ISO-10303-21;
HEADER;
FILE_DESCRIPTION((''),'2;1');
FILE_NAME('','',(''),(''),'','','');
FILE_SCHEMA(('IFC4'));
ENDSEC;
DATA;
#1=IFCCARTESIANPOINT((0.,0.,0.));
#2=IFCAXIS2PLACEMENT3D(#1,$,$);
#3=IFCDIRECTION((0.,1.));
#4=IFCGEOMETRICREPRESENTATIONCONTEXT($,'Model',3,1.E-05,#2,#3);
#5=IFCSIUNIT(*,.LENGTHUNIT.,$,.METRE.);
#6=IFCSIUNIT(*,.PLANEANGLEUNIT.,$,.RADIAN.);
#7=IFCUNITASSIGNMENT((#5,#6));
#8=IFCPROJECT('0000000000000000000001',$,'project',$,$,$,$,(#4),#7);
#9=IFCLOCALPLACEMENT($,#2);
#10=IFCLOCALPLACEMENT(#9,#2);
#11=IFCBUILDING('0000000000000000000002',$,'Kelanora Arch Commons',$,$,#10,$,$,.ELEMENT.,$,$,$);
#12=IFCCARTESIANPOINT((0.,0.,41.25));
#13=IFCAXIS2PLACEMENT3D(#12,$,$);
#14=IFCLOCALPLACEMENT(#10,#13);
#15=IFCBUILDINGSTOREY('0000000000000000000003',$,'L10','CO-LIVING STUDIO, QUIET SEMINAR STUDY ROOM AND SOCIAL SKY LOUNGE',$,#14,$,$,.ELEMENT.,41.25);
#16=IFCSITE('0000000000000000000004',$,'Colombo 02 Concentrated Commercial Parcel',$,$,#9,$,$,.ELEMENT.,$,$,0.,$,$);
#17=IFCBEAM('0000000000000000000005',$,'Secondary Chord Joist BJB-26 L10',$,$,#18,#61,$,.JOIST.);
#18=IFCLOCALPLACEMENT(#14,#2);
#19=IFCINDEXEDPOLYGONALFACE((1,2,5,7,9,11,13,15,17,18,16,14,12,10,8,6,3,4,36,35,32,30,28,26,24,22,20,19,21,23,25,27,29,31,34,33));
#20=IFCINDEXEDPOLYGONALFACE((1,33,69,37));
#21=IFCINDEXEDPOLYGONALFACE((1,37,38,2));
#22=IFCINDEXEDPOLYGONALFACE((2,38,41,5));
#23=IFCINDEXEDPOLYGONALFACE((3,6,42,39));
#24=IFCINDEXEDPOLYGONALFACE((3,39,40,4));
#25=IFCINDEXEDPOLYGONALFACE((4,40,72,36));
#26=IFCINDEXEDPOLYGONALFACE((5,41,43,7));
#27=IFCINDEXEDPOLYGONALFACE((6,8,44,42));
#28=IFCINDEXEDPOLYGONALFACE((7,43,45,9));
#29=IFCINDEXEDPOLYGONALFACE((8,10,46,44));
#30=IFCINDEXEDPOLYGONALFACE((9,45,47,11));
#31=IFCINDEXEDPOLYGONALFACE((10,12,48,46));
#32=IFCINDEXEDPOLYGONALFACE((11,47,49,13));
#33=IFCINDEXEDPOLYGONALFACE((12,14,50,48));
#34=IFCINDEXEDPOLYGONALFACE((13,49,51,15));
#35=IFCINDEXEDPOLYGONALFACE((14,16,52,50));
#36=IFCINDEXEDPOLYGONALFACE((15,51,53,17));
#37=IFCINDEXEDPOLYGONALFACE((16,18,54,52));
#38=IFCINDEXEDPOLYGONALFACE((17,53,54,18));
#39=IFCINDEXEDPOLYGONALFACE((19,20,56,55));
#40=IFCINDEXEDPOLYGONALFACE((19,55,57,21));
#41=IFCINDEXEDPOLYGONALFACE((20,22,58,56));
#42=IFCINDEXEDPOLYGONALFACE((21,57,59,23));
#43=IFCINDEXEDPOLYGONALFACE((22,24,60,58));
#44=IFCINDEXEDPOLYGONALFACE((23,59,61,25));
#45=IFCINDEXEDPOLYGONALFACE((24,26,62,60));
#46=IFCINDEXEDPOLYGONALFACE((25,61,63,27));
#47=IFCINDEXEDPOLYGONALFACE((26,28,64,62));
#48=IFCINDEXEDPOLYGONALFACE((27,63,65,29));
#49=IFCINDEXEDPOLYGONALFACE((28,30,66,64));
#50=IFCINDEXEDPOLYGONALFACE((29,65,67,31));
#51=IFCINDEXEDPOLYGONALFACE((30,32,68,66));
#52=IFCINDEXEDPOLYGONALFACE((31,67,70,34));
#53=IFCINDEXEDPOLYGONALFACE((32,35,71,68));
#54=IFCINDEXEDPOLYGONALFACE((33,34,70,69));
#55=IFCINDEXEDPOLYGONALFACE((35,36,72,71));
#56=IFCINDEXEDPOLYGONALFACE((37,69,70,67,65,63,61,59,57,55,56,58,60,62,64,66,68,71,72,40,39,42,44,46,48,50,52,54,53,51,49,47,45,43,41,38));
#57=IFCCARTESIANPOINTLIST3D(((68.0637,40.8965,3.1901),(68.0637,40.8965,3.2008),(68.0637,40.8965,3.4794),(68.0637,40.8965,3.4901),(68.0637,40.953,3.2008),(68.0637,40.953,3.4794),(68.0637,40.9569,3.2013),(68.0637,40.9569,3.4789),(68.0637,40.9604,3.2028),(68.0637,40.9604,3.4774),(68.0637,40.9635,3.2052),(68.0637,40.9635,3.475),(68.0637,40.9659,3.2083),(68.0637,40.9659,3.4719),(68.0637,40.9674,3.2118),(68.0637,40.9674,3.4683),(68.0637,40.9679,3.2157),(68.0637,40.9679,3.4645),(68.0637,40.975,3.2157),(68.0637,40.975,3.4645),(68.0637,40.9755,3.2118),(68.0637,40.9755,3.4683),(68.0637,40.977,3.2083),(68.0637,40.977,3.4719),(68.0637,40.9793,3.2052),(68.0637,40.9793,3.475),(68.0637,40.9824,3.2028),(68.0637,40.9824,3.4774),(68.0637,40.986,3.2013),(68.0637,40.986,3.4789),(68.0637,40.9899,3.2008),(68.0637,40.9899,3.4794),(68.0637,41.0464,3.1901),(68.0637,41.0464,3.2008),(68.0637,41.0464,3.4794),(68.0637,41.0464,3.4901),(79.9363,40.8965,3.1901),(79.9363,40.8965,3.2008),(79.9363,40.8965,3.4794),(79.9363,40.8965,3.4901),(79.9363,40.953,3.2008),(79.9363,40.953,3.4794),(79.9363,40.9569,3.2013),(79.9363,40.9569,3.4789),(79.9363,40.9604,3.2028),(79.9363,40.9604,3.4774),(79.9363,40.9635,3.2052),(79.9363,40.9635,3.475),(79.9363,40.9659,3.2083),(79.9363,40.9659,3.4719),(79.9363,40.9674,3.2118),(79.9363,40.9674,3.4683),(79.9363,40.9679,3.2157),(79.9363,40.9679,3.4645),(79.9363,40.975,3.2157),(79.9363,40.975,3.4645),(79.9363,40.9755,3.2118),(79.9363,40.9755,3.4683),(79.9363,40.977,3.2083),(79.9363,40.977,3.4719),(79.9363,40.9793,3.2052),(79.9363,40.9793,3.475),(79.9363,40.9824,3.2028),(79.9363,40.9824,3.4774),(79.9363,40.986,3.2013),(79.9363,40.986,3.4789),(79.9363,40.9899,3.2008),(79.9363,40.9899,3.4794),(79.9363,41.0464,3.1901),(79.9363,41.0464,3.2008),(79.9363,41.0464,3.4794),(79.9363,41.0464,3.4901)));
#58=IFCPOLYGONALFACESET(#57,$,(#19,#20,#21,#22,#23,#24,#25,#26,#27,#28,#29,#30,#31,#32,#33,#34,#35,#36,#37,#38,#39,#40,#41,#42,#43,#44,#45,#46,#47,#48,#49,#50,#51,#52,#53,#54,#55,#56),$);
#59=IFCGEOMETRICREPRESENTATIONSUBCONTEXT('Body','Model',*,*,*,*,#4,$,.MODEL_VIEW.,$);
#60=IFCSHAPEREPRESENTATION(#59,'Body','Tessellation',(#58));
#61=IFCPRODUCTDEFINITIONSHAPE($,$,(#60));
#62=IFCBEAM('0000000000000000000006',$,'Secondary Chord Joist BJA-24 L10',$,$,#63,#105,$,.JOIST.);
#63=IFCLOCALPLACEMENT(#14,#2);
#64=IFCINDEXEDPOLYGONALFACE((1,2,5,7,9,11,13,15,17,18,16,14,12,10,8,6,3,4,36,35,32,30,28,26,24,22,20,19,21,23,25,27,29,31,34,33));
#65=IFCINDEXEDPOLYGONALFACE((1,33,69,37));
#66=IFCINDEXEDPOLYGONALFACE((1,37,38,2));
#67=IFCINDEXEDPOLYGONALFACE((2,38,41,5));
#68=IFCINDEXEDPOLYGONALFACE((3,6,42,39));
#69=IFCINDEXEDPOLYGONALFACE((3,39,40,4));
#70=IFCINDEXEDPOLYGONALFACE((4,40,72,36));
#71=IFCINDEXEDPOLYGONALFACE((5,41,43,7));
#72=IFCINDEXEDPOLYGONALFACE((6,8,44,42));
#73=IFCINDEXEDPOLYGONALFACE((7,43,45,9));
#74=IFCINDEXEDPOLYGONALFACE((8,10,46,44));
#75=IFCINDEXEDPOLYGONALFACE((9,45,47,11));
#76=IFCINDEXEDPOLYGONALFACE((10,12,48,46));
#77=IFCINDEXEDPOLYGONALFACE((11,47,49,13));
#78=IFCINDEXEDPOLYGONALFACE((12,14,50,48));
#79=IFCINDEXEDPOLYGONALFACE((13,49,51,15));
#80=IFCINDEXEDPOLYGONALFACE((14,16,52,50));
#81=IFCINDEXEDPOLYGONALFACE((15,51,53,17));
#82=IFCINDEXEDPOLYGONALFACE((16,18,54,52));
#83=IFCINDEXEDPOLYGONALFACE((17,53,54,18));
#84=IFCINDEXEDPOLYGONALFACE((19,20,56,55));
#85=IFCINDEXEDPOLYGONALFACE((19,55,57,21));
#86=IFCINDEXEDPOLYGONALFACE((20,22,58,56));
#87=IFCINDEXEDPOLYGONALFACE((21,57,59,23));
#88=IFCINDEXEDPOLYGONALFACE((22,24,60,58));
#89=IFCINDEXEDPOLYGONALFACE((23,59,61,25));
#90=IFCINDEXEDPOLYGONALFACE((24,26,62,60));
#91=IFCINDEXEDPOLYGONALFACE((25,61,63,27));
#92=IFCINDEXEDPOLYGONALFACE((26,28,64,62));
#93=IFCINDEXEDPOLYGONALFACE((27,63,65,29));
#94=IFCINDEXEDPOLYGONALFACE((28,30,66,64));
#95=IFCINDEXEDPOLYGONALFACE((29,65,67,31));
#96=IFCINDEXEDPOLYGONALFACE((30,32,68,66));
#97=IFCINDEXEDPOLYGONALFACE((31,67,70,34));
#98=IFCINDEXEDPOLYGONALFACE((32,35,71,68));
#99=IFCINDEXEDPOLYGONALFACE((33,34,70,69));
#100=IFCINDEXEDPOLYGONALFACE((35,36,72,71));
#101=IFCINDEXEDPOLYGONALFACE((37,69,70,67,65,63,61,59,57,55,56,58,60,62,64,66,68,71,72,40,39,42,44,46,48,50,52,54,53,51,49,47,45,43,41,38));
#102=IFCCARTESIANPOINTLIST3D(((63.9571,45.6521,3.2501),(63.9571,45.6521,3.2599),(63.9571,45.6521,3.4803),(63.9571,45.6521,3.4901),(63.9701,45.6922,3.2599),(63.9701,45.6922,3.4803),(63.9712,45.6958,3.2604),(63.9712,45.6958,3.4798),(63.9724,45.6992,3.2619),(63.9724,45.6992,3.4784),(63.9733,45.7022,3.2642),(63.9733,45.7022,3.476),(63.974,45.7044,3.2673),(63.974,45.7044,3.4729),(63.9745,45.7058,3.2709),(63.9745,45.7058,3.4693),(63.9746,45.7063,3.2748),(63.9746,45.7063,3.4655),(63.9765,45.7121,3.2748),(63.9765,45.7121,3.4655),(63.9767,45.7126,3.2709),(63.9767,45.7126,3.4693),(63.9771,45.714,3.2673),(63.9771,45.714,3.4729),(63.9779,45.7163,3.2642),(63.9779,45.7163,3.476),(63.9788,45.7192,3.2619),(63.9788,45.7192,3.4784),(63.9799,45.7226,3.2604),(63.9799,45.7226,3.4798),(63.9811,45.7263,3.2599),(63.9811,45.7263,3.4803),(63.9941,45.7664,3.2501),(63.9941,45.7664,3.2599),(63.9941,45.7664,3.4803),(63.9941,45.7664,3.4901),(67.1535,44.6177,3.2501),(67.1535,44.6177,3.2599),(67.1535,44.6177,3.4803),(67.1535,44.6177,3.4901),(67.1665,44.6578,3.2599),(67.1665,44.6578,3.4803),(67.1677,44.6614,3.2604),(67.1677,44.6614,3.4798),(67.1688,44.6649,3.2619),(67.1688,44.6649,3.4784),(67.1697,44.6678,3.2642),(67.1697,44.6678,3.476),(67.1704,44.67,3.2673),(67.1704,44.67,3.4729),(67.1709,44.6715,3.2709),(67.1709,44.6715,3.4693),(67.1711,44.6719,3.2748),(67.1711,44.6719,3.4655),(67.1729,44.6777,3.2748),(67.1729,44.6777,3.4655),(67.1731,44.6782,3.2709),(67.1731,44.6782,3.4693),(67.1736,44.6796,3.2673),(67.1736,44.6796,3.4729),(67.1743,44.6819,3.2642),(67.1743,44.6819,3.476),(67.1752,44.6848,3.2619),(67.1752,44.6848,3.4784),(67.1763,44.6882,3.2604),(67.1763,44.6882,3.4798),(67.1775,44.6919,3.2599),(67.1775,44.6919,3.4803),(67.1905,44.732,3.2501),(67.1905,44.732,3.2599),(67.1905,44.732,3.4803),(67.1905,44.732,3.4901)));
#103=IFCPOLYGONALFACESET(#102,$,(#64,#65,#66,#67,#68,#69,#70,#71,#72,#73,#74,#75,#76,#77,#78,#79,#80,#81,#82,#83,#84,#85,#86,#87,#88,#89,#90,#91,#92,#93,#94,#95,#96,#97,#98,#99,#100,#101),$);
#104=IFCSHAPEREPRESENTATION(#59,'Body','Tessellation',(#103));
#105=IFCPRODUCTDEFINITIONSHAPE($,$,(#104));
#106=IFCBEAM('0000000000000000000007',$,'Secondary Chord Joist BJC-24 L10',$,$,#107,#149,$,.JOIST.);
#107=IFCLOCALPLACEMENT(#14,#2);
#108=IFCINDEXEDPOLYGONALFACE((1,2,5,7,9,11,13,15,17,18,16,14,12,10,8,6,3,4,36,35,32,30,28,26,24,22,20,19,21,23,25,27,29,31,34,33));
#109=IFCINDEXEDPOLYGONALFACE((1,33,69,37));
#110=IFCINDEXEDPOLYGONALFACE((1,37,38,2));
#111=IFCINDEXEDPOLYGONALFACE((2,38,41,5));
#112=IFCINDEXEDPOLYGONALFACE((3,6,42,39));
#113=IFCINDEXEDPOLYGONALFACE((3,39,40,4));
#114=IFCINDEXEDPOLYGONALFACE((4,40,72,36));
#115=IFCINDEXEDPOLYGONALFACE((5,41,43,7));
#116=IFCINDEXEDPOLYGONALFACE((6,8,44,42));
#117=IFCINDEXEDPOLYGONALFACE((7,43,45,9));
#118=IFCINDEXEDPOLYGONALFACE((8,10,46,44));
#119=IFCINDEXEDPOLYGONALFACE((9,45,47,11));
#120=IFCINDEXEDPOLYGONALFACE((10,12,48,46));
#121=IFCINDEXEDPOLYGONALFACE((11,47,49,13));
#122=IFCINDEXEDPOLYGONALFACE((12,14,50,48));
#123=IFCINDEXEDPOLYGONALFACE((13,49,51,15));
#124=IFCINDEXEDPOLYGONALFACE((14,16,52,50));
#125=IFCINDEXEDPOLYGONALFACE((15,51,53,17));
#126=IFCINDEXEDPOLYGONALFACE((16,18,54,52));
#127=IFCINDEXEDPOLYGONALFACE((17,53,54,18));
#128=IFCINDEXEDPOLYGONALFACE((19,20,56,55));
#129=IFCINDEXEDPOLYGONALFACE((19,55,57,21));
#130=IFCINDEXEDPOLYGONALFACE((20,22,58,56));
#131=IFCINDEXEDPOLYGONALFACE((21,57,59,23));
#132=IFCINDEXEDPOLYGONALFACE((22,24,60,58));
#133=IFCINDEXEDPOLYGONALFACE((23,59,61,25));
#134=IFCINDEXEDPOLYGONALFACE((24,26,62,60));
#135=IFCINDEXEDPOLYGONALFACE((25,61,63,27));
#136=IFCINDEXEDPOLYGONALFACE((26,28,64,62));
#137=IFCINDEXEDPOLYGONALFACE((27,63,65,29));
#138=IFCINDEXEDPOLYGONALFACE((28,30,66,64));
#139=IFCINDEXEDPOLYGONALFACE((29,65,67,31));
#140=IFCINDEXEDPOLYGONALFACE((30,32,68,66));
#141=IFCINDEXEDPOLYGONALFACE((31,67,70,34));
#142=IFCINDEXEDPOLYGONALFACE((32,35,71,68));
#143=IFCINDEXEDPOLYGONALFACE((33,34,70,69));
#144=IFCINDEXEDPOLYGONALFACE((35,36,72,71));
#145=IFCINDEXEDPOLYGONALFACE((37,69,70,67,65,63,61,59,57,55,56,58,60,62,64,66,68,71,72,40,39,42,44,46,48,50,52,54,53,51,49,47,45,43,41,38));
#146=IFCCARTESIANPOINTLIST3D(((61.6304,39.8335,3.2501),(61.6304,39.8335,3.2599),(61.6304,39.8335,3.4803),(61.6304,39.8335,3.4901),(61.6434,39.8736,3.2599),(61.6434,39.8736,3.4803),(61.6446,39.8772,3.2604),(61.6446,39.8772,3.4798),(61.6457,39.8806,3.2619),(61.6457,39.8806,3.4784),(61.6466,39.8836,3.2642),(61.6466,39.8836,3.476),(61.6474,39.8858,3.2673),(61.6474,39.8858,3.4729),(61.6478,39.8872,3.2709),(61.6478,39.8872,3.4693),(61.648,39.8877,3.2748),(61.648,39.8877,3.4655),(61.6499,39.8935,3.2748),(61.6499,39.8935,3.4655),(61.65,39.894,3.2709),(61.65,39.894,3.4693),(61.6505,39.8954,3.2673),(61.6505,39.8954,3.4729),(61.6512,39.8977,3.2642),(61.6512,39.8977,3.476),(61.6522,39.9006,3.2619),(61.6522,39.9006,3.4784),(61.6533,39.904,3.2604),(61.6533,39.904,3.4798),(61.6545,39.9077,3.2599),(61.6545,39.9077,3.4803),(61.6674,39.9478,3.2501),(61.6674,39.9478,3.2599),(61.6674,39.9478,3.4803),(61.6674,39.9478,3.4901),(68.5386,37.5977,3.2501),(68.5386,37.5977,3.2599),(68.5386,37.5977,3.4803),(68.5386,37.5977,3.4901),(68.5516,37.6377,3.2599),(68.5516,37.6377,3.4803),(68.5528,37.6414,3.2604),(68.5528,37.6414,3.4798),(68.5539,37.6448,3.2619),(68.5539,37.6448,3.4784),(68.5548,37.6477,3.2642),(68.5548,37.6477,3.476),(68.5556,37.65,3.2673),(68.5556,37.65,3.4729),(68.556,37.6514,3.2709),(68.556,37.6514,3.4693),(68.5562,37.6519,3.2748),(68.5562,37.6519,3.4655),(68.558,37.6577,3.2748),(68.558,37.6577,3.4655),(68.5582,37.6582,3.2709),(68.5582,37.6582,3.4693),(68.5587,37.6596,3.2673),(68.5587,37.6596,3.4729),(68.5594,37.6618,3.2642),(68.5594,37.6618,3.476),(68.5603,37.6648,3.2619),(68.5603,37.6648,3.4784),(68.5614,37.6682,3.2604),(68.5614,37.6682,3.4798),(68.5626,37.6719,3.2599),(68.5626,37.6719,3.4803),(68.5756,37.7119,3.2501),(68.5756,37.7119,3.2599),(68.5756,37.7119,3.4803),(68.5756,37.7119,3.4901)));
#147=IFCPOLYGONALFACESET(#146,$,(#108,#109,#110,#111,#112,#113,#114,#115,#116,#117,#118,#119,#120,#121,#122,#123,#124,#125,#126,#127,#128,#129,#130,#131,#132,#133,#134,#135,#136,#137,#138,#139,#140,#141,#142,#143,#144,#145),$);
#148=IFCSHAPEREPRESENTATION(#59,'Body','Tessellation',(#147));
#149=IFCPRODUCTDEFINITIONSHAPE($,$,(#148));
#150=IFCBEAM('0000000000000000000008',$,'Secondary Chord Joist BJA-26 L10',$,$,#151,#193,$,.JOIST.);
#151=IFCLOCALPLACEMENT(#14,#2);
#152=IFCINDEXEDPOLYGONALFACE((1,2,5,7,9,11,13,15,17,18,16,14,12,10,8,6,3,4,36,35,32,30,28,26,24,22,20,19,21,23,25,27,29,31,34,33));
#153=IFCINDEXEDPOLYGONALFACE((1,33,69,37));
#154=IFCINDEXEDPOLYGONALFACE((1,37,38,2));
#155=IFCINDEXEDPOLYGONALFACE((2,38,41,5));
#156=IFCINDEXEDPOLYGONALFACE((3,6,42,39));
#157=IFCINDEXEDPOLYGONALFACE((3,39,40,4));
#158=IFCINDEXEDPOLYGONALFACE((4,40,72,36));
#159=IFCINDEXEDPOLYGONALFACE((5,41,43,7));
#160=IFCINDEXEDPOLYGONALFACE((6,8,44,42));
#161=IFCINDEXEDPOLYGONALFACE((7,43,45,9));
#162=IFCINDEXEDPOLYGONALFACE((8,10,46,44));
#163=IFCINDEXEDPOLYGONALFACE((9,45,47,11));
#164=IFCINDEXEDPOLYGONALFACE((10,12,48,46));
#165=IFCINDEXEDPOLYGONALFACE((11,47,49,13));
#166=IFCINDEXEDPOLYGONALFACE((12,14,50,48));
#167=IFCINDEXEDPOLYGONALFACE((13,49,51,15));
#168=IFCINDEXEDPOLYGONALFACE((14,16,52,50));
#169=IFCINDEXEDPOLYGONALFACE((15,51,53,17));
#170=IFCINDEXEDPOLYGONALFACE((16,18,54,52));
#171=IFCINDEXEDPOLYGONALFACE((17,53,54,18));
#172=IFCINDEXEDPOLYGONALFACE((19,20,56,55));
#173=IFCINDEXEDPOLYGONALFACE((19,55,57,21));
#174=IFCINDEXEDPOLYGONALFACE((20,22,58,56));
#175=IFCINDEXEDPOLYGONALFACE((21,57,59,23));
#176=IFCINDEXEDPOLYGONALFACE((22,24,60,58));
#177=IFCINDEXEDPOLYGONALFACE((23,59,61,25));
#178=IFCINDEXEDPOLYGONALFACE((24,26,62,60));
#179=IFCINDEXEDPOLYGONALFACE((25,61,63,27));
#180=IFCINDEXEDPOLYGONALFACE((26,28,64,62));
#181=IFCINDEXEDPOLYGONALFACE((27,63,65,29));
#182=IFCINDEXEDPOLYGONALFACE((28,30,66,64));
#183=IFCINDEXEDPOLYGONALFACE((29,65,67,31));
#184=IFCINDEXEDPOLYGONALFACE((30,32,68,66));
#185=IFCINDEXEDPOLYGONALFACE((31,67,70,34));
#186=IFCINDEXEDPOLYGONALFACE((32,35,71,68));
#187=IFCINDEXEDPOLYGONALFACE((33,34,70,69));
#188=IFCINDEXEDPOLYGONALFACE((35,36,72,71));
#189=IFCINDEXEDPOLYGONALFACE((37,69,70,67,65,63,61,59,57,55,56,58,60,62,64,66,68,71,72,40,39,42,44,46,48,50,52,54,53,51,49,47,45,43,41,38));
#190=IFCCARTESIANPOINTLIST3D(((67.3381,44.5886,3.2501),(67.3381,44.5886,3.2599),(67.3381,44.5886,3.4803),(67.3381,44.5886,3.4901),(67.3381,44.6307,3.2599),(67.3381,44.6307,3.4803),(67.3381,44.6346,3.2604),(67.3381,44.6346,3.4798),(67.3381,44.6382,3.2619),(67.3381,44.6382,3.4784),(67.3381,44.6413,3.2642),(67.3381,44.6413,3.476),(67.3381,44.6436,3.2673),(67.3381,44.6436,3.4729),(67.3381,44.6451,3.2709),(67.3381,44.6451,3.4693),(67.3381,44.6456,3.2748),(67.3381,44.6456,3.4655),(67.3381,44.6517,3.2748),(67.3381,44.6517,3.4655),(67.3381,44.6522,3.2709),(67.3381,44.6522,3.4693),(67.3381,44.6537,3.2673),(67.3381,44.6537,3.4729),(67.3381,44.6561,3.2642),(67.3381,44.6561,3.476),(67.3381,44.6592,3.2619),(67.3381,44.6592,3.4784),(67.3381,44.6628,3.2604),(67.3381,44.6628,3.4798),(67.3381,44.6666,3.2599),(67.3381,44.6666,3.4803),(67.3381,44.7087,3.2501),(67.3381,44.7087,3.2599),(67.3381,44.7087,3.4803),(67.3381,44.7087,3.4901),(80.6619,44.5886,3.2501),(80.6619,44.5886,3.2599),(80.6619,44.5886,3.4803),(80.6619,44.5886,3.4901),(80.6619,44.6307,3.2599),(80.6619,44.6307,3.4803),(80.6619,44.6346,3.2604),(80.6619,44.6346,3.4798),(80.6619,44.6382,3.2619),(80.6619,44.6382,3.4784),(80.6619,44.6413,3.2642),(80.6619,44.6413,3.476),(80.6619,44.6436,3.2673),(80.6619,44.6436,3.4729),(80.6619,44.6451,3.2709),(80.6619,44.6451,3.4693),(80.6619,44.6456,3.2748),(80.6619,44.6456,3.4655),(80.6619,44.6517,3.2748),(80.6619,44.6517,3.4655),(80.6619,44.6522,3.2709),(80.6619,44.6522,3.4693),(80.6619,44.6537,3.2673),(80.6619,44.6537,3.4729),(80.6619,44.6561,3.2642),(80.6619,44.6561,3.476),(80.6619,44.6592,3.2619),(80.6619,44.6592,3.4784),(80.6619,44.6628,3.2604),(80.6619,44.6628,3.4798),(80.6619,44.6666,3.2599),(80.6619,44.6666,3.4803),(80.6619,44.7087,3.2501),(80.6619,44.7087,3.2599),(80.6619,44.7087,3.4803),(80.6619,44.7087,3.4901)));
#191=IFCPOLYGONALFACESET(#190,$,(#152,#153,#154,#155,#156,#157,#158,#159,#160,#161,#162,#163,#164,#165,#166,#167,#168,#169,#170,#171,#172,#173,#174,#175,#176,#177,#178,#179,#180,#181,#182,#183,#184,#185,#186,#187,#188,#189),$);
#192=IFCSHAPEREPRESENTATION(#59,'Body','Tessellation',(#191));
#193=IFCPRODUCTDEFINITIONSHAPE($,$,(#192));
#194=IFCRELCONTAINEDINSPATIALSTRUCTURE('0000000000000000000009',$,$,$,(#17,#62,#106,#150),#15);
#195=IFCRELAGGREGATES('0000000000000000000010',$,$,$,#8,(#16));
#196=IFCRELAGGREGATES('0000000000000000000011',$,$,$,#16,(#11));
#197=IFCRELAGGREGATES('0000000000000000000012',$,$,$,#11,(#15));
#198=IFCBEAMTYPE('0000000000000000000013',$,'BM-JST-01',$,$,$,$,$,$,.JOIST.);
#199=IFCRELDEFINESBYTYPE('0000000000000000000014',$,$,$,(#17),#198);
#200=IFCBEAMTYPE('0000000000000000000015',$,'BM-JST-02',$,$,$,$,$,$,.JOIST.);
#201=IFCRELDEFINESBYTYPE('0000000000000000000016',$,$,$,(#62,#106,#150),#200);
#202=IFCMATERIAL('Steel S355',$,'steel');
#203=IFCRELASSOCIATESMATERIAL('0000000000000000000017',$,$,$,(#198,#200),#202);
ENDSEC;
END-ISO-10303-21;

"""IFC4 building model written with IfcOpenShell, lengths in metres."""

from ifc_helpers import new_model, si_unit, direction, frame, origin, origin_2d, place, context, subcontext, project, spatial, i_section, extrude, material, material_profile, profile_set, type_object, element, save


model = new_model("IFC4")

# Units and contexts
model_context = context("Model", 3, precision=1e-05, world=origin(), true_north=direction((0.0, 1.0)))
body_context = subcontext(model_context, "Body", "Model", "MODEL_VIEW")
ifc_project = project(units=[si_unit("LENGTHUNIT", "METRE"), si_unit("PLANEANGLEUNIT", "RADIAN")], contexts=[model_context])

# Site, building, storey
site_placement = place(None, origin())
site = spatial("IfcSite", under=ifc_project, at=site_placement, Name="Colombo 02 Concentrated Commercial Parcel", CompositionType="ELEMENT", RefElevation=0.0)
building_placement = place(site_placement, origin())
building = spatial("IfcBuilding", under=site, at=building_placement, Name="Kelanora Arch Commons", CompositionType="ELEMENT")
storey_placement = place(building_placement, frame((0.0, 0.0, 41.25)))
storey = spatial("IfcBuildingStorey", under=building, at=storey_placement, Name="L10", Description="CO-LIVING STUDIO, QUIET SEMINAR STUDY ROOM AND SOCIAL SKY LOUNGE", CompositionType="ELEMENT", Elevation=41.25)

# Beams
ifc_material_1 = material(Name="Steel S355", Category="steel")
ifc_material_profile_1 = material_profile(ifc_material_1, i_section(OverallWidth=0.1499, OverallDepth=0.3, WebThickness=0.0071, FlangeThickness=0.0107, FilletRadius=0.0149, at=origin_2d()), Name="IPE300")
ifc_profile_set_1 = profile_set([ifc_material_profile_1], Name="Steel S355")
beam_type_1 = type_object("IfcBeamType", Name="BM-JST-01", PredefinedType="JOIST", material=ifc_profile_set_1)
beam_1_placement = place(storey_placement, frame((68.0637, 40.9714, 3.3401), z_axis=(1.0, 0.0, 0.0), x_axis=(0.0, 1.0, 0.0)))
element("IfcBeam", 1, at=beam_1_placement, inside=storey, type_object=beam_type_1, Name="Secondary Chord Joist BJB-26 L10", PredefinedType="JOIST", context=body_context, shape_type="SweptSolid", body=[
    extrude(i_section(OverallWidth=0.1499, OverallDepth=0.3, WebThickness=0.0071, FlangeThickness=0.0107, FilletRadius=0.0149, at=origin_2d()), origin(), (0.0, 0.0, 1.0), 11.8726),
])
ifc_material_profile_2 = material_profile(ifc_material_1, i_section(OverallWidth=0.1201, OverallDepth=0.24, WebThickness=0.0061, FlangeThickness=0.0098, FilletRadius=0.0149, at=origin_2d()), Name="IPE240")
ifc_profile_set_2 = profile_set([ifc_material_profile_2], Name="Steel S355")
beam_type_2 = type_object("IfcBeamType", Name="BM-JST-02", PredefinedType="JOIST", material=ifc_profile_set_2)
beam_2_placement = place(storey_placement, frame((63.9756, 45.7092, 3.3701), z_axis=(0.951423, -0.307888, 0.0), x_axis=(0.307888, 0.951423, 0.0)))
element("IfcBeam", 2, at=beam_2_placement, inside=storey, type_object=beam_type_2, Name="Secondary Chord Joist BJA-24 L10", PredefinedType="JOIST", context=body_context, shape_type="SweptSolid", body=[
    extrude(i_section(OverallWidth=0.1201, OverallDepth=0.24, WebThickness=0.0061, FlangeThickness=0.0098, FilletRadius=0.0149, at=origin_2d()), origin(), (0.0, 0.0, 1.0), 3.3596),
])
beam_3_placement = place(storey_placement, frame((61.6489, 39.8906, 3.3701), z_axis=(0.951411, -0.307924, 0.0), x_axis=(0.307924, 0.951411, 0.0)))
element("IfcBeam", 3, at=beam_3_placement, inside=storey, type_object=beam_type_2, Name="Secondary Chord Joist BJC-24 L10", PredefinedType="JOIST", context=body_context, shape_type="SweptSolid", body=[
    extrude(i_section(OverallWidth=0.1201, OverallDepth=0.24, WebThickness=0.0061, FlangeThickness=0.0098, FilletRadius=0.0149, at=origin_2d()), origin(), (0.0, 0.0, 1.0), 7.261),
])
beam_4_placement = place(storey_placement, frame((67.3381, 44.6487, 3.3701), z_axis=(1.0, 0.0, 0.0), x_axis=(0.0, 1.0, 0.0)))
element("IfcBeam", 4, at=beam_4_placement, inside=storey, type_object=beam_type_2, Name="Secondary Chord Joist BJA-26 L10", PredefinedType="JOIST", context=body_context, shape_type="SweptSolid", body=[
    extrude(i_section(OverallWidth=0.1201, OverallDepth=0.24, WebThickness=0.0061, FlangeThickness=0.0098, FilletRadius=0.0149, at=origin_2d()), origin(), (0.0, 0.0, 1.0), 13.3237),
])

save(model, "model.ifc")
